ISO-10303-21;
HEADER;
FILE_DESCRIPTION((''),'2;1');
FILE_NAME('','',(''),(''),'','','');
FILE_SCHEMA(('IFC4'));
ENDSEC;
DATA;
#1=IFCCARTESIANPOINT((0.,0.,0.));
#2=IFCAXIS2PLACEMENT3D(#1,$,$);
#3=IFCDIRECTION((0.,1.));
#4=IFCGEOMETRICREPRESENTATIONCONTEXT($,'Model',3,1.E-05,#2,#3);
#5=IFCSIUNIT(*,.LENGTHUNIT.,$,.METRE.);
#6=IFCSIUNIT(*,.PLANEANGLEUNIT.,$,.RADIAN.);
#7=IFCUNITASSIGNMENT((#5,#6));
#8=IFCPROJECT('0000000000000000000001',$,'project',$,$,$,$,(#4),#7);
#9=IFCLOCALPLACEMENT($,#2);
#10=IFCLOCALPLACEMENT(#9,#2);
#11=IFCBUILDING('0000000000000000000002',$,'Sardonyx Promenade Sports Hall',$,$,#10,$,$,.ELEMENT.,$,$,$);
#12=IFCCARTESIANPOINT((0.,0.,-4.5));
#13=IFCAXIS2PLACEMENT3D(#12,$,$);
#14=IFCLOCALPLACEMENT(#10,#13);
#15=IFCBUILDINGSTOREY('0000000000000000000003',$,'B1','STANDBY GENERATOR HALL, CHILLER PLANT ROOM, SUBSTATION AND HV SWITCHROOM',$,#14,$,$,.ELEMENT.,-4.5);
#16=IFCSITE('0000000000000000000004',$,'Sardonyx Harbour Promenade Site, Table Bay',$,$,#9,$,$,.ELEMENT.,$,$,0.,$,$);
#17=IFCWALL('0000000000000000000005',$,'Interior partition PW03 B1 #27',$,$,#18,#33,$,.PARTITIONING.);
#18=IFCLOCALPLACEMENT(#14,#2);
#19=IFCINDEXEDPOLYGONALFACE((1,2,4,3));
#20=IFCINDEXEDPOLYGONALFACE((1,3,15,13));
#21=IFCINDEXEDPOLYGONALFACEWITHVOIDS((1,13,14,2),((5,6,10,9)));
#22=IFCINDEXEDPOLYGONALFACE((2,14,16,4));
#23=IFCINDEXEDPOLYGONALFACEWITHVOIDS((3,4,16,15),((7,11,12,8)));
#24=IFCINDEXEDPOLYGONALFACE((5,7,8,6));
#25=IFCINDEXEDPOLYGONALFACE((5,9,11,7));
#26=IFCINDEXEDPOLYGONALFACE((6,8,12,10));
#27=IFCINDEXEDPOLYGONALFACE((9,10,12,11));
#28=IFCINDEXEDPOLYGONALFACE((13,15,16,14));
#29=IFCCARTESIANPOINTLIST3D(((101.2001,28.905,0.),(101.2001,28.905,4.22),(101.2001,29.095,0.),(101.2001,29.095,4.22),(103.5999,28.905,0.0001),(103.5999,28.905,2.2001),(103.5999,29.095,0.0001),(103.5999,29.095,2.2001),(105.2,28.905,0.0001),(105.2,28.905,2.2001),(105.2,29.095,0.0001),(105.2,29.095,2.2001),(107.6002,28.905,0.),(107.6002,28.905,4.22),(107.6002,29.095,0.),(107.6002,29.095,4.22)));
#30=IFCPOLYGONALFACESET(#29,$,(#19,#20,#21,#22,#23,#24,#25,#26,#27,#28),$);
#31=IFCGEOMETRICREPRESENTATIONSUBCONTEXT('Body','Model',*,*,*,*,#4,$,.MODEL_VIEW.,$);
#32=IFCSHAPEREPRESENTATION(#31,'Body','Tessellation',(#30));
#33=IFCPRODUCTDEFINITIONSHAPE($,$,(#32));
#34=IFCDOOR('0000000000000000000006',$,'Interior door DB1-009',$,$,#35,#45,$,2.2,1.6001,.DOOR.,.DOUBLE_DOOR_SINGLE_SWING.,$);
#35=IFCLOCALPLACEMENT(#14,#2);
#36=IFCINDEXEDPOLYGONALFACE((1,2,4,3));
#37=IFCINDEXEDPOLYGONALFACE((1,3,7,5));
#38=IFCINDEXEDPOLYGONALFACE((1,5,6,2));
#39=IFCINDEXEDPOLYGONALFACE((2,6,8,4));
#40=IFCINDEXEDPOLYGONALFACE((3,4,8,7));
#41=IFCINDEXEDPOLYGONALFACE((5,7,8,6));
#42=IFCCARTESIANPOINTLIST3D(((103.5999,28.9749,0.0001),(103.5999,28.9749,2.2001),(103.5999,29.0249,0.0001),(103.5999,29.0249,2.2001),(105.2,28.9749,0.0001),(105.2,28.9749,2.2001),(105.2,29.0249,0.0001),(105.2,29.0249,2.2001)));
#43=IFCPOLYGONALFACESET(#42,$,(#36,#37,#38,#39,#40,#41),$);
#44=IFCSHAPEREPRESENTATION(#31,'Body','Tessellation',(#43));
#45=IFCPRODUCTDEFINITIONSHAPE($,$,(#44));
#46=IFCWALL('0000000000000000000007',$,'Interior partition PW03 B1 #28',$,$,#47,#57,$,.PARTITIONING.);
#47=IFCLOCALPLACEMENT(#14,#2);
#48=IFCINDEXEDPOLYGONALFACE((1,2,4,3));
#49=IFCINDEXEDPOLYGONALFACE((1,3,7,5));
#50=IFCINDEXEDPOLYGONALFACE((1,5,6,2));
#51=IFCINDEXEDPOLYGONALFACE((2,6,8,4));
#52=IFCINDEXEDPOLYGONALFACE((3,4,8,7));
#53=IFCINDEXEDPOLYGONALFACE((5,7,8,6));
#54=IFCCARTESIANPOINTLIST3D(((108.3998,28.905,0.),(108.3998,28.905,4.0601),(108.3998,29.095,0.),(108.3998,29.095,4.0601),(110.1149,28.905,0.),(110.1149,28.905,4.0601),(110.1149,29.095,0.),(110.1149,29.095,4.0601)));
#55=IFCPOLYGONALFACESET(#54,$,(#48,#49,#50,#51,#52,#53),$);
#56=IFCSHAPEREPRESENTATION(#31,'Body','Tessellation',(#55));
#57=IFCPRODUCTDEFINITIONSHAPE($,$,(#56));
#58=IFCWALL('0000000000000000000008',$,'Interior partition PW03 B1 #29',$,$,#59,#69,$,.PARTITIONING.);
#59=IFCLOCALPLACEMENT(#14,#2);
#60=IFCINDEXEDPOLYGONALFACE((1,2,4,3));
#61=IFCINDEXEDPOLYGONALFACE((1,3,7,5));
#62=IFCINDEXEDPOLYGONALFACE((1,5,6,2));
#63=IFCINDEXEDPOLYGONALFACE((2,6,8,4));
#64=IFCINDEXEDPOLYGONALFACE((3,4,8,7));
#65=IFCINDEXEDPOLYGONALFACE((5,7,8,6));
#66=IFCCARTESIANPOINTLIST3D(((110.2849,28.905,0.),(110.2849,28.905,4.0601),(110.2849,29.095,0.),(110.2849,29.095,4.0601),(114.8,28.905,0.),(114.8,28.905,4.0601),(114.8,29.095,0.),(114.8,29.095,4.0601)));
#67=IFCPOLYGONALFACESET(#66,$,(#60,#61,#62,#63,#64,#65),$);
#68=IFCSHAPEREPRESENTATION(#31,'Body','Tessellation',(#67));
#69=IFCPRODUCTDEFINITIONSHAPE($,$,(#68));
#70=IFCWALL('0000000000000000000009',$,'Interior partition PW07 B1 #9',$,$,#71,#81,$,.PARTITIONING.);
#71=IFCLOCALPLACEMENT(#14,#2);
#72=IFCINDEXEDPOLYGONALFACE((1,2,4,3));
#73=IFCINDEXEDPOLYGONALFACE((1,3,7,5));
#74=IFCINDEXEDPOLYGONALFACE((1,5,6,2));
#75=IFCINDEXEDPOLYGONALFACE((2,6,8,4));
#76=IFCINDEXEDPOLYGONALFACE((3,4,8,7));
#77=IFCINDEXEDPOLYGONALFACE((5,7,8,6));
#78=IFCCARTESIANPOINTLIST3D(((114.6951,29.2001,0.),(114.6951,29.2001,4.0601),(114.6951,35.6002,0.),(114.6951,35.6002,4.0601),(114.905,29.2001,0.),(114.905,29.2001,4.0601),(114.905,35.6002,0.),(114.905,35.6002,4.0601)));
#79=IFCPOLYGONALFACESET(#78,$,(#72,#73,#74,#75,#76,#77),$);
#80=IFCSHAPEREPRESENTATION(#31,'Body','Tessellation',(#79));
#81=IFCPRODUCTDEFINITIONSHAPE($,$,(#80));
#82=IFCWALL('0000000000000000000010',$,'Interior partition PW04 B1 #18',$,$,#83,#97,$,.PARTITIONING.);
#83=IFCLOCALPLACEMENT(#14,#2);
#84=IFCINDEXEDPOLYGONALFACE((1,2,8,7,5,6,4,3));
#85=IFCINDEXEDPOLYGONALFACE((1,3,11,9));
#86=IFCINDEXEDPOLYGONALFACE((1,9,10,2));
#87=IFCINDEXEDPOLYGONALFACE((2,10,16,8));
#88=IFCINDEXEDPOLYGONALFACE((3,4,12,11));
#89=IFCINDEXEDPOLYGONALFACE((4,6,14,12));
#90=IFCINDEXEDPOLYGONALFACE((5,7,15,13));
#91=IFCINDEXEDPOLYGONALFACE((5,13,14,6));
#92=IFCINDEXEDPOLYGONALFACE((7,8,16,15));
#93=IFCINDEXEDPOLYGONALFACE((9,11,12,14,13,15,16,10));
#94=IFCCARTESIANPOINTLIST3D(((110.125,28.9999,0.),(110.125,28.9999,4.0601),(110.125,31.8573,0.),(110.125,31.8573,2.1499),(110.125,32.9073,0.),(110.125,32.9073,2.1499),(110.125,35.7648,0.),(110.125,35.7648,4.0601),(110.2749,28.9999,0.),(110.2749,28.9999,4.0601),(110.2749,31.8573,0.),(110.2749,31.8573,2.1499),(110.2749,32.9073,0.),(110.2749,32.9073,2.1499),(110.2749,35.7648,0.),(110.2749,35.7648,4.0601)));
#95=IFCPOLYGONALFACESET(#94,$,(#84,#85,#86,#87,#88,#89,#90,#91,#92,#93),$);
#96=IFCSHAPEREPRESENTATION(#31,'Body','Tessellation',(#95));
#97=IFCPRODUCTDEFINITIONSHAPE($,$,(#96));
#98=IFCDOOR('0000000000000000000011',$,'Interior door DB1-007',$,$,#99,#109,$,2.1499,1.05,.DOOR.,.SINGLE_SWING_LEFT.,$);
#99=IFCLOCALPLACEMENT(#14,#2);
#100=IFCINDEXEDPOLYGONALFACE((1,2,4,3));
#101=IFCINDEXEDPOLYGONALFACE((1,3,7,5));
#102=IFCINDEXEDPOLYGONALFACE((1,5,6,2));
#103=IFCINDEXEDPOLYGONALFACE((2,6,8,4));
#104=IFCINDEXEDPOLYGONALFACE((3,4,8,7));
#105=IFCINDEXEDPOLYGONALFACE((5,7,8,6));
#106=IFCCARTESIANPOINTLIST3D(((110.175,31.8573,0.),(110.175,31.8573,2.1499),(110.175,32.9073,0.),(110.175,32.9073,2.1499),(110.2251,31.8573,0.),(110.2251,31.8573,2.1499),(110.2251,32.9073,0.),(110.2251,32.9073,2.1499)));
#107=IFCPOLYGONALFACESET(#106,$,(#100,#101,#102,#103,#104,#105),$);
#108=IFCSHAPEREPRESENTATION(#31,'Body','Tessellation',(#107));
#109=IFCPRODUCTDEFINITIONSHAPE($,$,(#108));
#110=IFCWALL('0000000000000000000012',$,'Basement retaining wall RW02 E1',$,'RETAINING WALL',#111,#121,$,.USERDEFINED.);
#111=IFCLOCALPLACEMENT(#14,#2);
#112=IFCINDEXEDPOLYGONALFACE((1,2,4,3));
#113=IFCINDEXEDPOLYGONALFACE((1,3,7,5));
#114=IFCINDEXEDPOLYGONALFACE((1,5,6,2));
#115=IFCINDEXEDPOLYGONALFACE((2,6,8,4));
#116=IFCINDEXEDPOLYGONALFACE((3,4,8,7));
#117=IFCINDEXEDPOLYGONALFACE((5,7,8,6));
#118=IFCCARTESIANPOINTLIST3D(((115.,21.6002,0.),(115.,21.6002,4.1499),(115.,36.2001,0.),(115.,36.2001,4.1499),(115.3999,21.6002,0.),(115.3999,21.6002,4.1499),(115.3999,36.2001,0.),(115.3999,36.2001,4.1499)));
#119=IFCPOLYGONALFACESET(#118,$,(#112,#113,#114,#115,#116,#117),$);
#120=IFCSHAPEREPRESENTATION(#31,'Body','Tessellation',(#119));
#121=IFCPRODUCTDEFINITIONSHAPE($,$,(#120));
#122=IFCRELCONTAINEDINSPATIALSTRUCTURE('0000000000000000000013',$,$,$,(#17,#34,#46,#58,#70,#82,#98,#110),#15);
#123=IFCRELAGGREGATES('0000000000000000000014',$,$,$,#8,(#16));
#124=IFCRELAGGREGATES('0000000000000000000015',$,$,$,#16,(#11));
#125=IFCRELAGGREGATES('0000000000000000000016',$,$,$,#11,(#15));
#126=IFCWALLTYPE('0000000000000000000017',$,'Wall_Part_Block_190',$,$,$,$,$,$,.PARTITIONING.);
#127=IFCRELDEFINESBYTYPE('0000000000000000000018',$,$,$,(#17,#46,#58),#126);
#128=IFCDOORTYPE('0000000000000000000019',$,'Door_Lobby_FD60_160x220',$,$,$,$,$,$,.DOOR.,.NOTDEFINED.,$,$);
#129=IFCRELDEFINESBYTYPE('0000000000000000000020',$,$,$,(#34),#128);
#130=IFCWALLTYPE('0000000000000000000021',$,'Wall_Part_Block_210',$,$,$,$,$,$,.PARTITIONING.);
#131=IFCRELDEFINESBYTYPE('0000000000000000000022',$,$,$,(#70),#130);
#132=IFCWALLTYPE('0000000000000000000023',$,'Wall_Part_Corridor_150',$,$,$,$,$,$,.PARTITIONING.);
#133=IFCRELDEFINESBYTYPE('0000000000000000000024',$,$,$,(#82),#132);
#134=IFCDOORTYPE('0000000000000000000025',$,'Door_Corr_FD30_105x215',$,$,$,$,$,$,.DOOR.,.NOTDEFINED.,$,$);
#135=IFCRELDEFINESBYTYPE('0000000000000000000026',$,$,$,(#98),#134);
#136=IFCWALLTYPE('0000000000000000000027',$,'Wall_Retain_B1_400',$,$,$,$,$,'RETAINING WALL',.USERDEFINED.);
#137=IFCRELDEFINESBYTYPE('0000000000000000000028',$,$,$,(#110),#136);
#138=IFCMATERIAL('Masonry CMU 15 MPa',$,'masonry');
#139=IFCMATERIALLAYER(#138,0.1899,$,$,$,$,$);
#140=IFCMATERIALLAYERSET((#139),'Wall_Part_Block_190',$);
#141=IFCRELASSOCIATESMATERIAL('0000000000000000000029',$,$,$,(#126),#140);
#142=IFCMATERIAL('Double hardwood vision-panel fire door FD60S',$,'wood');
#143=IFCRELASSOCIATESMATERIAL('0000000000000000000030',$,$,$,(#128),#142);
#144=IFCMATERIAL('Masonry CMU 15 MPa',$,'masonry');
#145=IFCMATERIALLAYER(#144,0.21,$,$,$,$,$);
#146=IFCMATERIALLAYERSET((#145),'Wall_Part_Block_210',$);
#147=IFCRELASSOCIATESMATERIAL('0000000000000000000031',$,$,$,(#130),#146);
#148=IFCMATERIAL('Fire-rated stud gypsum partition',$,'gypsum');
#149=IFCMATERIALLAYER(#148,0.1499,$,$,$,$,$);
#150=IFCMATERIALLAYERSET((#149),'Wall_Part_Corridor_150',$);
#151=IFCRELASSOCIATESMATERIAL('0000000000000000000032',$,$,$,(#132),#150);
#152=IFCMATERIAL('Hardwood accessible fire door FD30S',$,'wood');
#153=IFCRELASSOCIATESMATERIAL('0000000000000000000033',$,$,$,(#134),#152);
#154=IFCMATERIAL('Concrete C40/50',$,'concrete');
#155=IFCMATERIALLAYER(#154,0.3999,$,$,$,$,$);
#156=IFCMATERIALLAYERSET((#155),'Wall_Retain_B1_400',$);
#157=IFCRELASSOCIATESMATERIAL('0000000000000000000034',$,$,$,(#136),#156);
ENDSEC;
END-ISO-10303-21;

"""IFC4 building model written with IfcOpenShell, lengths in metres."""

from ifc_helpers import new_model, si_unit, direction, frame, frame_2d, origin, place, context, subcontext, project, spatial, rectangle, extrude, material, layer, layer_set, type_object, element, fill, save


model = new_model("IFC4")

# Units and contexts
model_context = context("Model", 3, precision=1e-05, world=origin(), true_north=direction((0.0, 1.0)))
body_context = subcontext(model_context, "Body", "Model", "MODEL_VIEW")
ifc_project = project(units=[si_unit("LENGTHUNIT", "METRE"), si_unit("PLANEANGLEUNIT", "RADIAN")], contexts=[model_context])

# Site, building, storey
site_placement = place(None, origin())
site = spatial("IfcSite", under=ifc_project, at=site_placement, Name="Sardonyx Harbour Promenade Site, Table Bay", CompositionType="ELEMENT", RefElevation=0.0)
building_placement = place(site_placement, origin())
building = spatial("IfcBuilding", under=site, at=building_placement, Name="Sardonyx Promenade Sports Hall", CompositionType="ELEMENT")
storey_placement = place(building_placement, frame((0.0, 0.0, -4.5)))
storey = spatial("IfcBuildingStorey", under=building, at=storey_placement, Name="B1", Description="STANDBY GENERATOR HALL, CHILLER PLANT ROOM, SUBSTATION AND HV SWITCHROOM", CompositionType="ELEMENT", Elevation=-4.5)

# Wall, opening, door
ifc_material_1 = material(Name="Masonry CMU 15 MPa", Category="masonry")
ifc_layer_1 = layer(ifc_material_1, 0.1899)
ifc_layer_set_1 = layer_set([ifc_layer_1], Name="Wall_Part_Block_190")
wall_type_1 = type_object("IfcWallType", Name="Wall_Part_Block_190", PredefinedType="PARTITIONING", material=ifc_layer_set_1)
ifc_material_2 = material(Name="Double hardwood vision-panel fire door FD60S", Category="wood")
door_type_1 = type_object("IfcDoorType", Name="Door_Lobby_FD60_160x220", OperationType="NOTDEFINED", PredefinedType="DOOR", material=ifc_material_2)
wall_1_placement = place(storey_placement, frame((101.2, 29.0, 0.0), z_axis=(0.0, 0.0, 1.0), x_axis=(1.0, 0.0, 0.0)))
wall_1 = element("IfcWall", 1, at=wall_1_placement, inside=storey, type_object=wall_type_1, Name="Interior partition PW03 B1 #27", PredefinedType="PARTITIONING", context=body_context, shape_type="SweptSolid", body=[
    extrude(rectangle(XDim=6.4001, YDim=0.1899, at=frame_2d((3.2002, 0.0))), origin(), (0.0, 0.0, 1.0), 4.22),
])
opening_1_placement = place(wall_1_placement, frame((2.3999, 0.0, 0.0)))
opening_1 = element("IfcOpeningElement", 2, at=opening_1_placement, cuts=wall_1, PredefinedType="OPENING", context=body_context, shape_type="SweptSolid", body=[
    extrude(rectangle(XDim=1.6001, YDim=2.2, at=frame_2d((0.8, 1.1001))), frame((0.0, 0.105, 0.0), z_axis=(0.0, -1.0, 0.0), x_axis=(1.0, 0.0, 0.0)), (0.0, 0.0, 1.0), 0.21),
])
door_1_placement = place(opening_1_placement, origin())
door_1 = element("IfcDoor", 3, at=door_1_placement, inside=storey, type_object=door_type_1, Name="Interior door DB1-009", OperationType="DOUBLE_DOOR_SINGLE_SWING", OverallHeight=2.2, OverallWidth=1.6001, PredefinedType="DOOR", context=body_context, shape_type="SweptSolid", body=[
    extrude(rectangle(XDim=1.6001, YDim=2.2, at=frame_2d((0.8, 1.1001))), frame((0.0, 0.0249, 0.0), z_axis=(0.0, -1.0, 0.0), x_axis=(1.0, 0.0, 0.0)), (0.0, 0.0, 1.0), 0.05),
])
fill(opening_1, door_1)

# Walls
wall_2_placement = place(storey_placement, frame((108.3999, 29.0, 0.0), z_axis=(0.0, 0.0, 1.0), x_axis=(1.0, 0.0, 0.0)))
element("IfcWall", 4, at=wall_2_placement, inside=storey, type_object=wall_type_1, Name="Interior partition PW03 B1 #28", PredefinedType="PARTITIONING", context=body_context, shape_type="SweptSolid", body=[
    extrude(rectangle(XDim=1.7151, YDim=0.1899, at=frame_2d((0.8574, 0.0))), origin(), (0.0, 0.0, 1.0), 4.0601),
])
wall_3_placement = place(storey_placement, frame((110.2849, 29.0, 0.0), z_axis=(0.0, 0.0, 1.0), x_axis=(1.0, 0.0, 0.0)))
element("IfcWall", 5, at=wall_3_placement, inside=storey, type_object=wall_type_1, Name="Interior partition PW03 B1 #29", PredefinedType="PARTITIONING", context=body_context, shape_type="SweptSolid", body=[
    extrude(rectangle(XDim=4.5151, YDim=0.1899, at=frame_2d((2.2576, 0.0))), origin(), (0.0, 0.0, 1.0), 4.0601),
])
ifc_material_3 = material(Name="Masonry CMU 15 MPa", Category="masonry")
ifc_layer_2 = layer(ifc_material_3, 0.21)
ifc_layer_set_2 = layer_set([ifc_layer_2], Name="Wall_Part_Block_210")
wall_type_2 = type_object("IfcWallType", Name="Wall_Part_Block_210", PredefinedType="PARTITIONING", material=ifc_layer_set_2)
wall_4_placement = place(storey_placement, frame((114.8, 29.2, 0.0), z_axis=(0.0, 0.0, 1.0), x_axis=(0.0, 1.0, 0.0)))
element("IfcWall", 6, at=wall_4_placement, inside=storey, type_object=wall_type_2, Name="Interior partition PW07 B1 #9", PredefinedType="PARTITIONING", context=body_context, shape_type="SweptSolid", body=[
    extrude(rectangle(XDim=6.4001, YDim=0.21, at=frame_2d((3.2002, 0.0))), origin(), (0.0, 0.0, 1.0), 4.0601),
])

# Wall, opening, door
ifc_material_4 = material(Name="Fire-rated stud gypsum partition", Category="gypsum")
ifc_layer_3 = layer(ifc_material_4, 0.1499)
ifc_layer_set_3 = layer_set([ifc_layer_3], Name="Wall_Part_Corridor_150")
wall_type_3 = type_object("IfcWallType", Name="Wall_Part_Corridor_150", PredefinedType="PARTITIONING", material=ifc_layer_set_3)
wall_5_placement = place(storey_placement, frame((110.2, 29.0, 0.0), z_axis=(0.0, 0.0, 1.0), x_axis=(0.0, 1.0, 0.0)))
wall_5 = element("IfcWall", 7, at=wall_5_placement, inside=storey, type_object=wall_type_3, Name="Interior partition PW04 B1 #18", PredefinedType="PARTITIONING", context=body_context, shape_type="SweptSolid", body=[
    extrude(rectangle(XDim=6.7649, YDim=0.1499, at=frame_2d((3.3823, 0.0))), origin(), (0.0, 0.0, 1.0), 4.0601),
])
opening_2_placement = place(wall_5_placement, frame((2.8574, 0.0, 0.0)))
opening_2 = element("IfcOpeningElement", 8, at=opening_2_placement, cuts=wall_5, PredefinedType="OPENING", context=body_context, shape_type="SweptSolid", body=[
    extrude(rectangle(XDim=1.05, YDim=2.1499, at=frame_2d((0.5249, 1.075))), frame((0.0, 0.085, 0.0), z_axis=(0.0, -1.0, 0.0), x_axis=(1.0, 0.0, 0.0)), (0.0, 0.0, 1.0), 0.17),
])
ifc_material_5 = material(Name="Hardwood accessible fire door FD30S", Category="wood")
door_type_2 = type_object("IfcDoorType", Name="Door_Corr_FD30_105x215", OperationType="NOTDEFINED", PredefinedType="DOOR", material=ifc_material_5)
door_2_placement = place(opening_2_placement, origin())
door_2 = element("IfcDoor", 9, at=door_2_placement, inside=storey, type_object=door_type_2, Name="Interior door DB1-007", OperationType="SINGLE_SWING_LEFT", OverallHeight=2.1499, OverallWidth=1.05, PredefinedType="DOOR", context=body_context, shape_type="SweptSolid", body=[
    extrude(rectangle(XDim=1.05, YDim=2.1499, at=frame_2d((0.5249, 1.075))), frame((0.0, 0.0249, 0.0), z_axis=(0.0, -1.0, 0.0), x_axis=(1.0, 0.0, 0.0)), (0.0, 0.0, 1.0), 0.05),
])
fill(opening_2, door_2)

# Wall
ifc_material_6 = material(Name="Concrete C40/50", Category="concrete")
ifc_layer_4 = layer(ifc_material_6, 0.3999)
ifc_layer_set_4 = layer_set([ifc_layer_4], Name="Wall_Retain_B1_400")
wall_type_4 = type_object("IfcWallType", Name="Wall_Retain_B1_400", ElementType="RETAINING WALL", PredefinedType="USERDEFINED", material=ifc_layer_set_4)
wall_6_placement = place(storey_placement, frame((115.2, 36.2, 0.0), z_axis=(0.0, 0.0, 1.0), x_axis=(0.0, -1.0, 0.0)))
element("IfcWall", 10, at=wall_6_placement, inside=storey, type_object=wall_type_4, Name="Basement retaining wall RW02 E1", ObjectType="RETAINING WALL", PredefinedType="USERDEFINED", context=body_context, shape_type="SweptSolid", body=[
    extrude(rectangle(XDim=14.5999, YDim=0.3999, at=frame_2d((7.2998, 0.0))), origin(), (0.0, 0.0, 1.0), 4.1499),
])

save(model, "model.ifc")
